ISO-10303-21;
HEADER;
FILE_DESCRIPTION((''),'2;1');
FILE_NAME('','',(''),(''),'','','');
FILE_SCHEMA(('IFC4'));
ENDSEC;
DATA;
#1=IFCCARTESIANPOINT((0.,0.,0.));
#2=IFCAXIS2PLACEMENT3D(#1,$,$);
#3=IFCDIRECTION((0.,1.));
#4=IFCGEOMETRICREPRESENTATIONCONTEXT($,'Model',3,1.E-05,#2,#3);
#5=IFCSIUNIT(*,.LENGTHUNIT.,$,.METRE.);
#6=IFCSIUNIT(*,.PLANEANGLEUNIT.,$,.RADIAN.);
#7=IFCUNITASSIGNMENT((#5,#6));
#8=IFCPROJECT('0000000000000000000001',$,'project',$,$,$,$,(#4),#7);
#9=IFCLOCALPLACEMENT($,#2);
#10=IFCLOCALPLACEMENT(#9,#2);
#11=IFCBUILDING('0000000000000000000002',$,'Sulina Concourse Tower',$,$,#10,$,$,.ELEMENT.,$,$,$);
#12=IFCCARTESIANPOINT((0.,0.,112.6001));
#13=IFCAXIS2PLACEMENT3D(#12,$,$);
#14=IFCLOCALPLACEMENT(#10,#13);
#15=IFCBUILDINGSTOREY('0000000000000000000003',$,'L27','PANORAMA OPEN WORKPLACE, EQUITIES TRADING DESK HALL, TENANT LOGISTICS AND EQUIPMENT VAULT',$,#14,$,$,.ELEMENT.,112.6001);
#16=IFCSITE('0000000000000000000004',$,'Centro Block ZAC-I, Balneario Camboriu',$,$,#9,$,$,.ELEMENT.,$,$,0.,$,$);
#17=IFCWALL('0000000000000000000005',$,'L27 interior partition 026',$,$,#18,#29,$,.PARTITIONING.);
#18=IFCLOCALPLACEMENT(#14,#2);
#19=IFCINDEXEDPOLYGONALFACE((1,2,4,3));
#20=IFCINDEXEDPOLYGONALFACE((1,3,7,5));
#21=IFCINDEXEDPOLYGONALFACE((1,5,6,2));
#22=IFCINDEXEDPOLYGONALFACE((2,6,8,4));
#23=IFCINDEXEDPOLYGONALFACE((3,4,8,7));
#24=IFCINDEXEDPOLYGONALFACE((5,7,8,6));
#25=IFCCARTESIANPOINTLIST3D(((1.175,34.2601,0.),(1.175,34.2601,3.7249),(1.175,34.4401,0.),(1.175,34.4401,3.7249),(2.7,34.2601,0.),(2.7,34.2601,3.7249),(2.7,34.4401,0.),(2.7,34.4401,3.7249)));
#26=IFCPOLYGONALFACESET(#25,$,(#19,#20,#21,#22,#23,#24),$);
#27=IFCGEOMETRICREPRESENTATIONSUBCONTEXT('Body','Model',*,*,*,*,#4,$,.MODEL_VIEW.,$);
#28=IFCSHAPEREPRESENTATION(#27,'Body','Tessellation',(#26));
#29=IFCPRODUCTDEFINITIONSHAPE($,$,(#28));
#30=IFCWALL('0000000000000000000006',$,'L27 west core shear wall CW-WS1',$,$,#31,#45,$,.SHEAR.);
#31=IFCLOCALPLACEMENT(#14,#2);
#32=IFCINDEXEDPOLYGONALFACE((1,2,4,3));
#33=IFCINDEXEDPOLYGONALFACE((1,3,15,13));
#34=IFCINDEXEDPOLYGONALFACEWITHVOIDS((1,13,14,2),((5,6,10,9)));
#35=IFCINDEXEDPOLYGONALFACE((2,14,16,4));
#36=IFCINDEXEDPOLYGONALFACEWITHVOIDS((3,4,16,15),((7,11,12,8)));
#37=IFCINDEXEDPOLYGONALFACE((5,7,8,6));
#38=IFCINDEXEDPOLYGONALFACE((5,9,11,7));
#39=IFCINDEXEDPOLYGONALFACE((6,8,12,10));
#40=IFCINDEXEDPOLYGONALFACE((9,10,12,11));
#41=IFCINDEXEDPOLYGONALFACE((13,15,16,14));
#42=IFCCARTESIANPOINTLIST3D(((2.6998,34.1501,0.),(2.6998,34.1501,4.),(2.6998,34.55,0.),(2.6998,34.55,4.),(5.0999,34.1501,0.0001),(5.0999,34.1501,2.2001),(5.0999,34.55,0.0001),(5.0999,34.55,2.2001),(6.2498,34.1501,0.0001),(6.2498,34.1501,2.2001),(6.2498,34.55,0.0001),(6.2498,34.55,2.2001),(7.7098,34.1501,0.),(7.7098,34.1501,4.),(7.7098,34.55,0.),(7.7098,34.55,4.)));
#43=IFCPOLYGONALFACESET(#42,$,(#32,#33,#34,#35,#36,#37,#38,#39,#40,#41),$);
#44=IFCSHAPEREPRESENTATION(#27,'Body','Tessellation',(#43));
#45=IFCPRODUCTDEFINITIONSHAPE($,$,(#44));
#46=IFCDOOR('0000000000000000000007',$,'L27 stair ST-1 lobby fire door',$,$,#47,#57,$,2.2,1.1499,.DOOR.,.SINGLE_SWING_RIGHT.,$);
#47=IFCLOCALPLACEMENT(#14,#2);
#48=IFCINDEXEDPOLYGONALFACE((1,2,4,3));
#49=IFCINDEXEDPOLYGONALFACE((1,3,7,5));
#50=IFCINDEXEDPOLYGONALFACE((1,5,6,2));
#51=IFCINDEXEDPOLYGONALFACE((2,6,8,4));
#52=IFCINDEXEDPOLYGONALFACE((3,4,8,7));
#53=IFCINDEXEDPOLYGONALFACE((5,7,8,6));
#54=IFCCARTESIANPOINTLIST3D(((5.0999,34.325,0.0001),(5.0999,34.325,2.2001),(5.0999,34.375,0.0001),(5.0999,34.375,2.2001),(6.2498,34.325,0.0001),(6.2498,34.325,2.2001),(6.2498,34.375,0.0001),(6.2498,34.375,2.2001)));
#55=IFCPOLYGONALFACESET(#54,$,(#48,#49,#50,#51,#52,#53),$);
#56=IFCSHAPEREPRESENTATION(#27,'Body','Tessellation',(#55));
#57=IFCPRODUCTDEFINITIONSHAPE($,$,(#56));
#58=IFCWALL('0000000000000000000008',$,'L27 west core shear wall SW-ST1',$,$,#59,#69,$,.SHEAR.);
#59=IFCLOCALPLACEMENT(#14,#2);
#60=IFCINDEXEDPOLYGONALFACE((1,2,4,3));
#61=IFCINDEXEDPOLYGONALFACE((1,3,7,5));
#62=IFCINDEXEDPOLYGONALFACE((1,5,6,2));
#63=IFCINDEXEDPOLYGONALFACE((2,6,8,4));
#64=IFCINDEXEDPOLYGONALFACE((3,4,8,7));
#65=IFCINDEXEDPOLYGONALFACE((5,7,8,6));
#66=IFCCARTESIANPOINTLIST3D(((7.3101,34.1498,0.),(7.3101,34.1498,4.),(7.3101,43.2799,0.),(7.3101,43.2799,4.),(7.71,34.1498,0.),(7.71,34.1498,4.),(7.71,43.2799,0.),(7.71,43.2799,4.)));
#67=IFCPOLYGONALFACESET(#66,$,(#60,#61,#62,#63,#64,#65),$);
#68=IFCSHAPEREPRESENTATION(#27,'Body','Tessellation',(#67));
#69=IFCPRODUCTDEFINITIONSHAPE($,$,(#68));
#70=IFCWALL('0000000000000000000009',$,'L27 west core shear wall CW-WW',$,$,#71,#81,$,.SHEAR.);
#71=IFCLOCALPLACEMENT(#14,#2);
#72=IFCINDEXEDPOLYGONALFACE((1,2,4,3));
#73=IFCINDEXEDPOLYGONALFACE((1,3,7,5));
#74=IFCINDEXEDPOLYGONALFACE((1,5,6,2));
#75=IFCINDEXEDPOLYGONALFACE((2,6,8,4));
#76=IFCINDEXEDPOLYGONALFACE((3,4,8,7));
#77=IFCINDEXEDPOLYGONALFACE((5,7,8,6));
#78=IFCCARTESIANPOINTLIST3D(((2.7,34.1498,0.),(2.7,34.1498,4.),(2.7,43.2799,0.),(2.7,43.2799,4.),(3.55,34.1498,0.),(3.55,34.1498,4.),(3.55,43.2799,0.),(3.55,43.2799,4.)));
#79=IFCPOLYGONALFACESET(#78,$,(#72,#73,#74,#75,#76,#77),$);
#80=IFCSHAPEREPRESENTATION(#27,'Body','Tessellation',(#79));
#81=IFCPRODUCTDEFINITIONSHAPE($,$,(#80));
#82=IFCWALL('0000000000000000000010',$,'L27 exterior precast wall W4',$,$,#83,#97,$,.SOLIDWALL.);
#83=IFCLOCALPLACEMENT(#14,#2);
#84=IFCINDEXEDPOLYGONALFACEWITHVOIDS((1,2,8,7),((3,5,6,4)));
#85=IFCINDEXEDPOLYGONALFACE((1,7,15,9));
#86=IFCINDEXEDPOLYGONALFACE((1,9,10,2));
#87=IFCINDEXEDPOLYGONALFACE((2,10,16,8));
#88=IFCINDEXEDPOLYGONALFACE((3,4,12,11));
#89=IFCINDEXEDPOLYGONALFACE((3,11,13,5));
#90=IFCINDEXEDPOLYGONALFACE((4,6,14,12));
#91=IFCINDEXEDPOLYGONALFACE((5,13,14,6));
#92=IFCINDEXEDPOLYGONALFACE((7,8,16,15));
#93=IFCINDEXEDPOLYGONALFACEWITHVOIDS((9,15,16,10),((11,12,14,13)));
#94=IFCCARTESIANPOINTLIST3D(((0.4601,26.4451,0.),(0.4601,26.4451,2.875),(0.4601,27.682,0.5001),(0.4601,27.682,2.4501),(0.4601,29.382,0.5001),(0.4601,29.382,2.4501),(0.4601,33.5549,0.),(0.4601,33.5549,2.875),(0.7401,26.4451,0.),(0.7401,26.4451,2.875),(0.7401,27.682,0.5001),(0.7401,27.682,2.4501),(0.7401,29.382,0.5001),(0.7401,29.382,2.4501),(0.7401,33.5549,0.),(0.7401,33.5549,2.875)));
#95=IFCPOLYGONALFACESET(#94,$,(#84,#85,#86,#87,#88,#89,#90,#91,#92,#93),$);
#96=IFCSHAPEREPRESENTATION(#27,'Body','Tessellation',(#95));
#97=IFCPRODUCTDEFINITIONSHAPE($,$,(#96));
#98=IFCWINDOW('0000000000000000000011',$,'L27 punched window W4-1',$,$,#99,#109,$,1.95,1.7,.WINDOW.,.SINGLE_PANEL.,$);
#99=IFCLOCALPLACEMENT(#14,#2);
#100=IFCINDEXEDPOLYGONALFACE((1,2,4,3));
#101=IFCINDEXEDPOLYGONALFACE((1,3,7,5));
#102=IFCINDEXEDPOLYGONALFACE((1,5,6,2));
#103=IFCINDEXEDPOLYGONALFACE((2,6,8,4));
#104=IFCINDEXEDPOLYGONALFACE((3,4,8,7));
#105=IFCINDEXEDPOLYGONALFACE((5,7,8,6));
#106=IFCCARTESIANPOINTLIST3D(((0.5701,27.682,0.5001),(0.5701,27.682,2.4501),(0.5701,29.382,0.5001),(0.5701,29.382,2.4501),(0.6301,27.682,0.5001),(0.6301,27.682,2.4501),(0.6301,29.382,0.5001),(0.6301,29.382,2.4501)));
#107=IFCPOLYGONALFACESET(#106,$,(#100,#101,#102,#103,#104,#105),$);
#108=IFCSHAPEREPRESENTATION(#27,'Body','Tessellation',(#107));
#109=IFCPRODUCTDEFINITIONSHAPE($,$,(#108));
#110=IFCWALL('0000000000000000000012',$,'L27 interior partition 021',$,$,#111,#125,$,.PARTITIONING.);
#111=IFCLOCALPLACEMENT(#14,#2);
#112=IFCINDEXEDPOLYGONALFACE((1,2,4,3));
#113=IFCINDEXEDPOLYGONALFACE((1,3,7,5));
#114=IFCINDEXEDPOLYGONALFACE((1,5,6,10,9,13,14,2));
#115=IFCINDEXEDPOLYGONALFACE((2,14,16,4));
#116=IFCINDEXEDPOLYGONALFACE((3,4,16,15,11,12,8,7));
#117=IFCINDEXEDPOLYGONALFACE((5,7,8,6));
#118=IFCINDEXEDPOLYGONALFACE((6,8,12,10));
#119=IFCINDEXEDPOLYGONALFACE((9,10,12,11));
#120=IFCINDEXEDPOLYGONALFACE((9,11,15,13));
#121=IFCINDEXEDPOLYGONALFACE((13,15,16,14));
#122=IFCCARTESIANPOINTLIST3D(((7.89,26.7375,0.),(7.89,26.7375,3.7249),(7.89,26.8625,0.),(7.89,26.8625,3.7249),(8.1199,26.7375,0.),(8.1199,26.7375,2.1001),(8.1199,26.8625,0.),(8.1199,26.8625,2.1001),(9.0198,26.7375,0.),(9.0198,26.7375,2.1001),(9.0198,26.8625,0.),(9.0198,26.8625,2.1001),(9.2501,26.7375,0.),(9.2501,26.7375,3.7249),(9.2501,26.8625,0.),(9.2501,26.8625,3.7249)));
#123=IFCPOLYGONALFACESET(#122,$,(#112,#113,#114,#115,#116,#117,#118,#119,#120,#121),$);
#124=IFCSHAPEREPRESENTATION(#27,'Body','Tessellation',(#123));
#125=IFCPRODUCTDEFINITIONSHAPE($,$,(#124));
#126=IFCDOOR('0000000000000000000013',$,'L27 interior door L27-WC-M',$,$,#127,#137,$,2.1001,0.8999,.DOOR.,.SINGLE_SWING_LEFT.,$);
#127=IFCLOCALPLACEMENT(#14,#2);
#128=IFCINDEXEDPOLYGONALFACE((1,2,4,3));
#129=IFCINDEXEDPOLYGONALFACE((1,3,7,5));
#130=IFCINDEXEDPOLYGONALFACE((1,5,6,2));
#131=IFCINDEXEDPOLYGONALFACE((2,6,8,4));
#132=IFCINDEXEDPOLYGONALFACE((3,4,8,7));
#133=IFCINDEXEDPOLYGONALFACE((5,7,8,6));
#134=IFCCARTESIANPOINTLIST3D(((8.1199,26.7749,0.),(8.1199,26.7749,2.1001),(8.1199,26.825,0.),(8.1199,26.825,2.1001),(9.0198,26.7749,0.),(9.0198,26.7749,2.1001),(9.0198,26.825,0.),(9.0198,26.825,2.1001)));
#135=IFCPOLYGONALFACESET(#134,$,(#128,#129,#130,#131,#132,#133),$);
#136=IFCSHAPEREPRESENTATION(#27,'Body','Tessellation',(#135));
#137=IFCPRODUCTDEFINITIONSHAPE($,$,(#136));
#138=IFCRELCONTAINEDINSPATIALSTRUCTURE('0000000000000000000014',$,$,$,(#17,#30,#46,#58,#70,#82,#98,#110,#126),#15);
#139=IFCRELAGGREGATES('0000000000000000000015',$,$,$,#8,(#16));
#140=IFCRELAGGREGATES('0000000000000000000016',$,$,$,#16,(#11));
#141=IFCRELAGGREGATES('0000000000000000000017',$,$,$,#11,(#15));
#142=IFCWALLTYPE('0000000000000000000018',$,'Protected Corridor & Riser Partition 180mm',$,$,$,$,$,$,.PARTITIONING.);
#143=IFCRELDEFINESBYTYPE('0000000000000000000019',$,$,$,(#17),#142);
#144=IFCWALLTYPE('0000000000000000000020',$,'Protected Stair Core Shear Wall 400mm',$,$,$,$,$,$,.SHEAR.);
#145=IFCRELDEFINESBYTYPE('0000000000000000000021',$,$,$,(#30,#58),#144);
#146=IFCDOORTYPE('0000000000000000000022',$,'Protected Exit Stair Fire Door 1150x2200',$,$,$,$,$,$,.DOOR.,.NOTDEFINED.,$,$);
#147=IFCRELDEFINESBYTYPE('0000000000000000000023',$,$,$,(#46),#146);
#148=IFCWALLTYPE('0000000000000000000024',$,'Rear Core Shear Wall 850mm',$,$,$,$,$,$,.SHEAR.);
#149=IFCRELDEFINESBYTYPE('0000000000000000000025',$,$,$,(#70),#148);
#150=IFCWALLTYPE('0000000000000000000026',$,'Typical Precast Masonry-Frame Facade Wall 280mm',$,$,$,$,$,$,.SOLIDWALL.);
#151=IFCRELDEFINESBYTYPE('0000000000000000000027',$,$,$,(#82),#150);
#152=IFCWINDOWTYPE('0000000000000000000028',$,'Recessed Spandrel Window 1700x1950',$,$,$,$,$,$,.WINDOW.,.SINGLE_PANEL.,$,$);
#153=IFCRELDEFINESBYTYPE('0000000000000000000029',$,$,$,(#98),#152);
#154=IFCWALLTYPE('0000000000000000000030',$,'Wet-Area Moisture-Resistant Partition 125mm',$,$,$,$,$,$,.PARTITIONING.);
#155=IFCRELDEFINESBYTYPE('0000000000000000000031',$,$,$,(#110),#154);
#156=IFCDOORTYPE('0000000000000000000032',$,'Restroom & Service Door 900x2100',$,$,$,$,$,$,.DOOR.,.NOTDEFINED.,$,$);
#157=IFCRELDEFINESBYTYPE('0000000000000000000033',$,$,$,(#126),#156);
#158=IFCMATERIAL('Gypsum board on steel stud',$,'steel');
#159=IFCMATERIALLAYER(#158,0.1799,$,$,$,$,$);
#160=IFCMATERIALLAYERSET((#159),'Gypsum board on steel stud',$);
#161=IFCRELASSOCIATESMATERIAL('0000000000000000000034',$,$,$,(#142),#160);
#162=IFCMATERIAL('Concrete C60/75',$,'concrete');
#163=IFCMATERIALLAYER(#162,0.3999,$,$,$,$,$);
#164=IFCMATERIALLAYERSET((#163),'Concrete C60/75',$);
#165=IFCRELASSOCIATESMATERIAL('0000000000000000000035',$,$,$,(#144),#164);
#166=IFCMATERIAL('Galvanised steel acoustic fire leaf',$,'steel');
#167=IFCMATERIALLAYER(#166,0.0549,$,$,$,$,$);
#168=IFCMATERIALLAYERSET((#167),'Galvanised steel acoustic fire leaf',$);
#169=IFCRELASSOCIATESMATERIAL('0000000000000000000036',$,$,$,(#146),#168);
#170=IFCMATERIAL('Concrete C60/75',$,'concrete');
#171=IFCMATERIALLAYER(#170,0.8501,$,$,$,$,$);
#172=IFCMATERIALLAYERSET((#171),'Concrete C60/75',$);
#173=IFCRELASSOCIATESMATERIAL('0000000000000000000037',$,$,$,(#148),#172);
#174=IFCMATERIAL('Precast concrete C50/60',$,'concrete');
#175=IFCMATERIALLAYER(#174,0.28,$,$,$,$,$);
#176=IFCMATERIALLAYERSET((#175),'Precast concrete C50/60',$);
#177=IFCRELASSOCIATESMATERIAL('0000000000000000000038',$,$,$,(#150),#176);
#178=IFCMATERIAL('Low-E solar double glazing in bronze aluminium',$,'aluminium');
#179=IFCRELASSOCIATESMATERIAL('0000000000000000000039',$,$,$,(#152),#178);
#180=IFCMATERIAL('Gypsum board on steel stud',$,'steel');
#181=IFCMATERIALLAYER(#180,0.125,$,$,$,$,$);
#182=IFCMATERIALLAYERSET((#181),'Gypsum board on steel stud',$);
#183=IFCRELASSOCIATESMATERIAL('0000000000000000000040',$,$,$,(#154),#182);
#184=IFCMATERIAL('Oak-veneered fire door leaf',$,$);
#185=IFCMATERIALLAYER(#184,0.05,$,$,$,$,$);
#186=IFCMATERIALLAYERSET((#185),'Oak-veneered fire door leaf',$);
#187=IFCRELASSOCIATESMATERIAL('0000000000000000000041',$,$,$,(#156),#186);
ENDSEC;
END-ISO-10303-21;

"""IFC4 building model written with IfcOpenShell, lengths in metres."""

from ifc_helpers import new_model, si_unit, direction, frame, frame_2d, origin, place, context, subcontext, project, spatial, rectangle, extrude, material, layer, layer_set, type_object, element, fill, save


model = new_model("IFC4")

# Units and contexts
model_context = context("Model", 3, precision=1e-05, world=origin(), true_north=direction((0.0, 1.0)))
body_context = subcontext(model_context, "Body", "Model", "MODEL_VIEW")
ifc_project = project(units=[si_unit("LENGTHUNIT", "METRE"), si_unit("PLANEANGLEUNIT", "RADIAN")], contexts=[model_context])

# Site, building, storey
site_placement = place(None, origin())
site = spatial("IfcSite", under=ifc_project, at=site_placement, Name="Centro Block ZAC-I, Balneario Camboriu", CompositionType="ELEMENT", RefElevation=0.0)
building_placement = place(site_placement, origin())
building = spatial("IfcBuilding", under=site, at=building_placement, Name="Sulina Concourse Tower", CompositionType="ELEMENT")
storey_placement = place(building_placement, frame((0.0, 0.0, 112.6001)))
storey = spatial("IfcBuildingStorey", under=building, at=storey_placement, Name="L27", Description="PANORAMA OPEN WORKPLACE, EQUITIES TRADING DESK HALL, TENANT LOGISTICS AND EQUIPMENT VAULT", CompositionType="ELEMENT", Elevation=112.6001)

# Wall
ifc_material_1 = material(Name="Gypsum board on steel stud", Category="steel")
ifc_layer_1 = layer(ifc_material_1, 0.1799)
ifc_layer_set_1 = layer_set([ifc_layer_1], Name="Gypsum board on steel stud")
wall_type_1 = type_object("IfcWallType", Name="Protected Corridor & Riser Partition 180mm", PredefinedType="PARTITIONING", material=ifc_layer_set_1)
wall_1_placement = place(storey_placement, frame((1.175, 34.3501, 0.0), z_axis=(0.0, 0.0, 1.0), x_axis=(1.0, 0.0, 0.0)))
element("IfcWall", 1, at=wall_1_placement, inside=storey, type_object=wall_type_1, Name="L27 interior partition 026", PredefinedType="PARTITIONING", context=body_context, shape_type="SweptSolid", body=[
    extrude(rectangle(XDim=1.5249, YDim=0.1799, at=frame_2d((0.7625, 0.0))), origin(), (0.0, 0.0, 1.0), 3.7249),
])

# Wall, opening, door
ifc_material_2 = material(Name="Concrete C60/75", Category="concrete")
ifc_layer_2 = layer(ifc_material_2, 0.3999)
ifc_layer_set_2 = layer_set([ifc_layer_2], Name="Concrete C60/75")
wall_type_2 = type_object("IfcWallType", Name="Protected Stair Core Shear Wall 400mm", PredefinedType="SHEAR", material=ifc_layer_set_2)
wall_2_placement = place(storey_placement, frame((2.7, 34.3501, 0.0), z_axis=(0.0, 0.0, 1.0), x_axis=(1.0, 0.0, 0.0)))
wall_2 = element("IfcWall", 2, at=wall_2_placement, inside=storey, type_object=wall_type_2, Name="L27 west core shear wall CW-WS1", PredefinedType="SHEAR", context=body_context, shape_type="SweptSolid", body=[
    extrude(rectangle(XDim=5.01, YDim=0.3999, at=frame_2d((2.5049, 0.0))), origin(), (0.0, 0.0, 1.0), 4.0),
])
opening_1_placement = place(wall_2_placement, frame((2.3999, 0.0, 0.0)))
opening_1 = element("IfcOpeningElement", 3, at=opening_1_placement, cuts=wall_2, PredefinedType="OPENING", context=body_context, shape_type="SweptSolid", body=[
    extrude(rectangle(XDim=1.1499, YDim=2.2, at=frame_2d((0.575, 1.1001))), frame((0.0, 0.21, 0.0), z_axis=(0.0, -1.0, 0.0), x_axis=(1.0, 0.0, 0.0)), (0.0, 0.0, 1.0), 0.4199),
])
ifc_material_3 = material(Name="Galvanised steel acoustic fire leaf", Category="steel")
ifc_layer_3 = layer(ifc_material_3, 0.0549)
ifc_layer_set_3 = layer_set([ifc_layer_3], Name="Galvanised steel acoustic fire leaf")
door_type_1 = type_object("IfcDoorType", Name="Protected Exit Stair Fire Door 1150x2200", OperationType="NOTDEFINED", PredefinedType="DOOR", material=ifc_layer_set_3)
door_1_placement = place(opening_1_placement, origin())
door_1 = element("IfcDoor", 4, at=door_1_placement, inside=storey, type_object=door_type_1, Name="L27 stair ST-1 lobby fire door", OperationType="SINGLE_SWING_RIGHT", OverallHeight=2.2, OverallWidth=1.1499, PredefinedType="DOOR", context=body_context, shape_type="SweptSolid", body=[
    extrude(rectangle(XDim=1.1499, YDim=2.2, at=frame_2d((0.575, 1.1001))), frame((0.0, 0.0249, 0.0), z_axis=(0.0, -1.0, 0.0), x_axis=(1.0, 0.0, 0.0)), (0.0, 0.0, 1.0), 0.05),
])
fill(opening_1, door_1)

# Walls
wall_3_placement = place(storey_placement, frame((7.51, 34.1499, 0.0), z_axis=(0.0, 0.0, 1.0), x_axis=(0.0, 1.0, 0.0)))
element("IfcWall", 5, at=wall_3_placement, inside=storey, type_object=wall_type_2, Name="L27 west core shear wall SW-ST1", PredefinedType="SHEAR", context=body_context, shape_type="SweptSolid", body=[
    extrude(rectangle(XDim=9.1301, YDim=0.3999, at=frame_2d((4.5649, 0.0))), origin(), (0.0, 0.0, 1.0), 4.0),
])
ifc_material_4 = material(Name="Concrete C60/75", Category="concrete")
ifc_layer_4 = layer(ifc_material_4, 0.8501)
ifc_layer_set_4 = layer_set([ifc_layer_4], Name="Concrete C60/75")
wall_type_3 = type_object("IfcWallType", Name="Rear Core Shear Wall 850mm", PredefinedType="SHEAR", material=ifc_layer_set_4)
wall_4_placement = place(storey_placement, frame((3.125, 34.1499, 0.0), z_axis=(0.0, 0.0, 1.0), x_axis=(0.0, 1.0, 0.0)))
element("IfcWall", 6, at=wall_4_placement, inside=storey, type_object=wall_type_3, Name="L27 west core shear wall CW-WW", PredefinedType="SHEAR", context=body_context, shape_type="SweptSolid", body=[
    extrude(rectangle(XDim=9.1301, YDim=0.8501, at=frame_2d((4.5649, 0.0))), origin(), (0.0, 0.0, 1.0), 4.0),
])

# Wall, opening, window
ifc_material_5 = material(Name="Precast concrete C50/60", Category="concrete")
ifc_layer_5 = layer(ifc_material_5, 0.28)
ifc_layer_set_5 = layer_set([ifc_layer_5], Name="Precast concrete C50/60")
wall_type_4 = type_object("IfcWallType", Name="Typical Precast Masonry-Frame Facade Wall 280mm", PredefinedType="SOLIDWALL", material=ifc_layer_set_5)
wall_5_placement = place(storey_placement, frame((0.6001, 26.4451, 0.0), z_axis=(0.0, 0.0, 1.0), x_axis=(0.0, 1.0, 0.0)))
wall_5 = element("IfcWall", 7, at=wall_5_placement, inside=storey, type_object=wall_type_4, Name="L27 exterior precast wall W4", PredefinedType="SOLIDWALL", context=body_context, shape_type="SweptSolid", body=[
    extrude(rectangle(XDim=7.1099, YDim=0.28, at=frame_2d((3.5549, 0.0))), origin(), (0.0, 0.0, 1.0), 2.875),
])
opening_2_placement = place(wall_5_placement, frame((1.2368, 0.0, 0.5)))
opening_2 = element("IfcOpeningElement", 8, at=opening_2_placement, cuts=wall_5, PredefinedType="OPENING", context=body_context, shape_type="SweptSolid", body=[
    extrude(rectangle(XDim=1.7, YDim=1.95, at=frame_2d((0.8501, 0.9751))), frame((0.0, 0.1499, 0.0), z_axis=(0.0, -1.0, 0.0), x_axis=(1.0, 0.0, 0.0)), (0.0, 0.0, 1.0), 0.3),
])
ifc_material_6 = material(Name="Low-E solar double glazing in bronze aluminium", Category="aluminium")
window_type = type_object("IfcWindowType", Name="Recessed Spandrel Window 1700x1950", PartitioningType="SINGLE_PANEL", PredefinedType="WINDOW", material=ifc_material_6)
window_placement = place(opening_2_placement, origin())
window = element("IfcWindow", 9, at=window_placement, inside=storey, type_object=window_type, Name="L27 punched window W4-1", OverallHeight=1.95, OverallWidth=1.7, PartitioningType="SINGLE_PANEL", PredefinedType="WINDOW", context=body_context, shape_type="SweptSolid", body=[
    extrude(rectangle(XDim=1.7, YDim=1.95, at=frame_2d((0.8501, 0.9751))), frame((0.0, 0.03, 0.0), z_axis=(0.0, -1.0, 0.0), x_axis=(1.0, 0.0, 0.0)), (0.0, 0.0, 1.0), 0.0601),
])
fill(opening_2, window)

# Wall, opening, door
ifc_material_7 = material(Name="Gypsum board on steel stud", Category="steel")
ifc_layer_6 = layer(ifc_material_7, 0.125)
ifc_layer_set_6 = layer_set([ifc_layer_6], Name="Gypsum board on steel stud")
wall_type_5 = type_object("IfcWallType", Name="Wet-Area Moisture-Resistant Partition 125mm", PredefinedType="PARTITIONING", material=ifc_layer_set_6)
wall_6_placement = place(storey_placement, frame((7.8899, 26.8, 0.0), z_axis=(0.0, 0.0, 1.0), x_axis=(1.0, 0.0, 0.0)))
wall_6 = element("IfcWall", 10, at=wall_6_placement, inside=storey, type_object=wall_type_5, Name="L27 interior partition 021", PredefinedType="PARTITIONING", context=body_context, shape_type="SweptSolid", body=[
    extrude(rectangle(XDim=1.3601, YDim=0.125, at=frame_2d((0.6802, 0.0))), origin(), (0.0, 0.0, 1.0), 3.7249),
])
opening_3_placement = place(wall_6_placement, frame((0.23, 0.0, 0.0)))
opening_3 = element("IfcOpeningElement", 11, at=opening_3_placement, cuts=wall_6, PredefinedType="OPENING", context=body_context, shape_type="SweptSolid", body=[
    extrude(rectangle(XDim=0.8999, YDim=2.1001, at=frame_2d((0.45, 1.05))), frame((0.0, 0.0725, 0.0), z_axis=(0.0, -1.0, 0.0), x_axis=(1.0, 0.0, 0.0)), (0.0, 0.0, 1.0), 0.145),
])
ifc_material_8 = material(Name="Oak-veneered fire door leaf")
ifc_layer_7 = layer(ifc_material_8, 0.05)
ifc_layer_set_7 = layer_set([ifc_layer_7], Name="Oak-veneered fire door leaf")
door_type_2 = type_object("IfcDoorType", Name="Restroom & Service Door 900x2100", OperationType="NOTDEFINED", PredefinedType="DOOR", material=ifc_layer_set_7)
door_2_placement = place(opening_3_placement, origin())
door_2 = element("IfcDoor", 12, at=door_2_placement, inside=storey, type_object=door_type_2, Name="L27 interior door L27-WC-M", OperationType="SINGLE_SWING_LEFT", OverallHeight=2.1001, OverallWidth=0.8999, PredefinedType="DOOR", context=body_context, shape_type="SweptSolid", body=[
    extrude(rectangle(XDim=0.8999, YDim=2.1001, at=frame_2d((0.45, 1.05))), frame((0.0, 0.0249, 0.0), z_axis=(0.0, -1.0, 0.0), x_axis=(1.0, 0.0, 0.0)), (0.0, 0.0, 1.0), 0.05),
])
fill(opening_3, door_2)

save(model, "model.ifc")
